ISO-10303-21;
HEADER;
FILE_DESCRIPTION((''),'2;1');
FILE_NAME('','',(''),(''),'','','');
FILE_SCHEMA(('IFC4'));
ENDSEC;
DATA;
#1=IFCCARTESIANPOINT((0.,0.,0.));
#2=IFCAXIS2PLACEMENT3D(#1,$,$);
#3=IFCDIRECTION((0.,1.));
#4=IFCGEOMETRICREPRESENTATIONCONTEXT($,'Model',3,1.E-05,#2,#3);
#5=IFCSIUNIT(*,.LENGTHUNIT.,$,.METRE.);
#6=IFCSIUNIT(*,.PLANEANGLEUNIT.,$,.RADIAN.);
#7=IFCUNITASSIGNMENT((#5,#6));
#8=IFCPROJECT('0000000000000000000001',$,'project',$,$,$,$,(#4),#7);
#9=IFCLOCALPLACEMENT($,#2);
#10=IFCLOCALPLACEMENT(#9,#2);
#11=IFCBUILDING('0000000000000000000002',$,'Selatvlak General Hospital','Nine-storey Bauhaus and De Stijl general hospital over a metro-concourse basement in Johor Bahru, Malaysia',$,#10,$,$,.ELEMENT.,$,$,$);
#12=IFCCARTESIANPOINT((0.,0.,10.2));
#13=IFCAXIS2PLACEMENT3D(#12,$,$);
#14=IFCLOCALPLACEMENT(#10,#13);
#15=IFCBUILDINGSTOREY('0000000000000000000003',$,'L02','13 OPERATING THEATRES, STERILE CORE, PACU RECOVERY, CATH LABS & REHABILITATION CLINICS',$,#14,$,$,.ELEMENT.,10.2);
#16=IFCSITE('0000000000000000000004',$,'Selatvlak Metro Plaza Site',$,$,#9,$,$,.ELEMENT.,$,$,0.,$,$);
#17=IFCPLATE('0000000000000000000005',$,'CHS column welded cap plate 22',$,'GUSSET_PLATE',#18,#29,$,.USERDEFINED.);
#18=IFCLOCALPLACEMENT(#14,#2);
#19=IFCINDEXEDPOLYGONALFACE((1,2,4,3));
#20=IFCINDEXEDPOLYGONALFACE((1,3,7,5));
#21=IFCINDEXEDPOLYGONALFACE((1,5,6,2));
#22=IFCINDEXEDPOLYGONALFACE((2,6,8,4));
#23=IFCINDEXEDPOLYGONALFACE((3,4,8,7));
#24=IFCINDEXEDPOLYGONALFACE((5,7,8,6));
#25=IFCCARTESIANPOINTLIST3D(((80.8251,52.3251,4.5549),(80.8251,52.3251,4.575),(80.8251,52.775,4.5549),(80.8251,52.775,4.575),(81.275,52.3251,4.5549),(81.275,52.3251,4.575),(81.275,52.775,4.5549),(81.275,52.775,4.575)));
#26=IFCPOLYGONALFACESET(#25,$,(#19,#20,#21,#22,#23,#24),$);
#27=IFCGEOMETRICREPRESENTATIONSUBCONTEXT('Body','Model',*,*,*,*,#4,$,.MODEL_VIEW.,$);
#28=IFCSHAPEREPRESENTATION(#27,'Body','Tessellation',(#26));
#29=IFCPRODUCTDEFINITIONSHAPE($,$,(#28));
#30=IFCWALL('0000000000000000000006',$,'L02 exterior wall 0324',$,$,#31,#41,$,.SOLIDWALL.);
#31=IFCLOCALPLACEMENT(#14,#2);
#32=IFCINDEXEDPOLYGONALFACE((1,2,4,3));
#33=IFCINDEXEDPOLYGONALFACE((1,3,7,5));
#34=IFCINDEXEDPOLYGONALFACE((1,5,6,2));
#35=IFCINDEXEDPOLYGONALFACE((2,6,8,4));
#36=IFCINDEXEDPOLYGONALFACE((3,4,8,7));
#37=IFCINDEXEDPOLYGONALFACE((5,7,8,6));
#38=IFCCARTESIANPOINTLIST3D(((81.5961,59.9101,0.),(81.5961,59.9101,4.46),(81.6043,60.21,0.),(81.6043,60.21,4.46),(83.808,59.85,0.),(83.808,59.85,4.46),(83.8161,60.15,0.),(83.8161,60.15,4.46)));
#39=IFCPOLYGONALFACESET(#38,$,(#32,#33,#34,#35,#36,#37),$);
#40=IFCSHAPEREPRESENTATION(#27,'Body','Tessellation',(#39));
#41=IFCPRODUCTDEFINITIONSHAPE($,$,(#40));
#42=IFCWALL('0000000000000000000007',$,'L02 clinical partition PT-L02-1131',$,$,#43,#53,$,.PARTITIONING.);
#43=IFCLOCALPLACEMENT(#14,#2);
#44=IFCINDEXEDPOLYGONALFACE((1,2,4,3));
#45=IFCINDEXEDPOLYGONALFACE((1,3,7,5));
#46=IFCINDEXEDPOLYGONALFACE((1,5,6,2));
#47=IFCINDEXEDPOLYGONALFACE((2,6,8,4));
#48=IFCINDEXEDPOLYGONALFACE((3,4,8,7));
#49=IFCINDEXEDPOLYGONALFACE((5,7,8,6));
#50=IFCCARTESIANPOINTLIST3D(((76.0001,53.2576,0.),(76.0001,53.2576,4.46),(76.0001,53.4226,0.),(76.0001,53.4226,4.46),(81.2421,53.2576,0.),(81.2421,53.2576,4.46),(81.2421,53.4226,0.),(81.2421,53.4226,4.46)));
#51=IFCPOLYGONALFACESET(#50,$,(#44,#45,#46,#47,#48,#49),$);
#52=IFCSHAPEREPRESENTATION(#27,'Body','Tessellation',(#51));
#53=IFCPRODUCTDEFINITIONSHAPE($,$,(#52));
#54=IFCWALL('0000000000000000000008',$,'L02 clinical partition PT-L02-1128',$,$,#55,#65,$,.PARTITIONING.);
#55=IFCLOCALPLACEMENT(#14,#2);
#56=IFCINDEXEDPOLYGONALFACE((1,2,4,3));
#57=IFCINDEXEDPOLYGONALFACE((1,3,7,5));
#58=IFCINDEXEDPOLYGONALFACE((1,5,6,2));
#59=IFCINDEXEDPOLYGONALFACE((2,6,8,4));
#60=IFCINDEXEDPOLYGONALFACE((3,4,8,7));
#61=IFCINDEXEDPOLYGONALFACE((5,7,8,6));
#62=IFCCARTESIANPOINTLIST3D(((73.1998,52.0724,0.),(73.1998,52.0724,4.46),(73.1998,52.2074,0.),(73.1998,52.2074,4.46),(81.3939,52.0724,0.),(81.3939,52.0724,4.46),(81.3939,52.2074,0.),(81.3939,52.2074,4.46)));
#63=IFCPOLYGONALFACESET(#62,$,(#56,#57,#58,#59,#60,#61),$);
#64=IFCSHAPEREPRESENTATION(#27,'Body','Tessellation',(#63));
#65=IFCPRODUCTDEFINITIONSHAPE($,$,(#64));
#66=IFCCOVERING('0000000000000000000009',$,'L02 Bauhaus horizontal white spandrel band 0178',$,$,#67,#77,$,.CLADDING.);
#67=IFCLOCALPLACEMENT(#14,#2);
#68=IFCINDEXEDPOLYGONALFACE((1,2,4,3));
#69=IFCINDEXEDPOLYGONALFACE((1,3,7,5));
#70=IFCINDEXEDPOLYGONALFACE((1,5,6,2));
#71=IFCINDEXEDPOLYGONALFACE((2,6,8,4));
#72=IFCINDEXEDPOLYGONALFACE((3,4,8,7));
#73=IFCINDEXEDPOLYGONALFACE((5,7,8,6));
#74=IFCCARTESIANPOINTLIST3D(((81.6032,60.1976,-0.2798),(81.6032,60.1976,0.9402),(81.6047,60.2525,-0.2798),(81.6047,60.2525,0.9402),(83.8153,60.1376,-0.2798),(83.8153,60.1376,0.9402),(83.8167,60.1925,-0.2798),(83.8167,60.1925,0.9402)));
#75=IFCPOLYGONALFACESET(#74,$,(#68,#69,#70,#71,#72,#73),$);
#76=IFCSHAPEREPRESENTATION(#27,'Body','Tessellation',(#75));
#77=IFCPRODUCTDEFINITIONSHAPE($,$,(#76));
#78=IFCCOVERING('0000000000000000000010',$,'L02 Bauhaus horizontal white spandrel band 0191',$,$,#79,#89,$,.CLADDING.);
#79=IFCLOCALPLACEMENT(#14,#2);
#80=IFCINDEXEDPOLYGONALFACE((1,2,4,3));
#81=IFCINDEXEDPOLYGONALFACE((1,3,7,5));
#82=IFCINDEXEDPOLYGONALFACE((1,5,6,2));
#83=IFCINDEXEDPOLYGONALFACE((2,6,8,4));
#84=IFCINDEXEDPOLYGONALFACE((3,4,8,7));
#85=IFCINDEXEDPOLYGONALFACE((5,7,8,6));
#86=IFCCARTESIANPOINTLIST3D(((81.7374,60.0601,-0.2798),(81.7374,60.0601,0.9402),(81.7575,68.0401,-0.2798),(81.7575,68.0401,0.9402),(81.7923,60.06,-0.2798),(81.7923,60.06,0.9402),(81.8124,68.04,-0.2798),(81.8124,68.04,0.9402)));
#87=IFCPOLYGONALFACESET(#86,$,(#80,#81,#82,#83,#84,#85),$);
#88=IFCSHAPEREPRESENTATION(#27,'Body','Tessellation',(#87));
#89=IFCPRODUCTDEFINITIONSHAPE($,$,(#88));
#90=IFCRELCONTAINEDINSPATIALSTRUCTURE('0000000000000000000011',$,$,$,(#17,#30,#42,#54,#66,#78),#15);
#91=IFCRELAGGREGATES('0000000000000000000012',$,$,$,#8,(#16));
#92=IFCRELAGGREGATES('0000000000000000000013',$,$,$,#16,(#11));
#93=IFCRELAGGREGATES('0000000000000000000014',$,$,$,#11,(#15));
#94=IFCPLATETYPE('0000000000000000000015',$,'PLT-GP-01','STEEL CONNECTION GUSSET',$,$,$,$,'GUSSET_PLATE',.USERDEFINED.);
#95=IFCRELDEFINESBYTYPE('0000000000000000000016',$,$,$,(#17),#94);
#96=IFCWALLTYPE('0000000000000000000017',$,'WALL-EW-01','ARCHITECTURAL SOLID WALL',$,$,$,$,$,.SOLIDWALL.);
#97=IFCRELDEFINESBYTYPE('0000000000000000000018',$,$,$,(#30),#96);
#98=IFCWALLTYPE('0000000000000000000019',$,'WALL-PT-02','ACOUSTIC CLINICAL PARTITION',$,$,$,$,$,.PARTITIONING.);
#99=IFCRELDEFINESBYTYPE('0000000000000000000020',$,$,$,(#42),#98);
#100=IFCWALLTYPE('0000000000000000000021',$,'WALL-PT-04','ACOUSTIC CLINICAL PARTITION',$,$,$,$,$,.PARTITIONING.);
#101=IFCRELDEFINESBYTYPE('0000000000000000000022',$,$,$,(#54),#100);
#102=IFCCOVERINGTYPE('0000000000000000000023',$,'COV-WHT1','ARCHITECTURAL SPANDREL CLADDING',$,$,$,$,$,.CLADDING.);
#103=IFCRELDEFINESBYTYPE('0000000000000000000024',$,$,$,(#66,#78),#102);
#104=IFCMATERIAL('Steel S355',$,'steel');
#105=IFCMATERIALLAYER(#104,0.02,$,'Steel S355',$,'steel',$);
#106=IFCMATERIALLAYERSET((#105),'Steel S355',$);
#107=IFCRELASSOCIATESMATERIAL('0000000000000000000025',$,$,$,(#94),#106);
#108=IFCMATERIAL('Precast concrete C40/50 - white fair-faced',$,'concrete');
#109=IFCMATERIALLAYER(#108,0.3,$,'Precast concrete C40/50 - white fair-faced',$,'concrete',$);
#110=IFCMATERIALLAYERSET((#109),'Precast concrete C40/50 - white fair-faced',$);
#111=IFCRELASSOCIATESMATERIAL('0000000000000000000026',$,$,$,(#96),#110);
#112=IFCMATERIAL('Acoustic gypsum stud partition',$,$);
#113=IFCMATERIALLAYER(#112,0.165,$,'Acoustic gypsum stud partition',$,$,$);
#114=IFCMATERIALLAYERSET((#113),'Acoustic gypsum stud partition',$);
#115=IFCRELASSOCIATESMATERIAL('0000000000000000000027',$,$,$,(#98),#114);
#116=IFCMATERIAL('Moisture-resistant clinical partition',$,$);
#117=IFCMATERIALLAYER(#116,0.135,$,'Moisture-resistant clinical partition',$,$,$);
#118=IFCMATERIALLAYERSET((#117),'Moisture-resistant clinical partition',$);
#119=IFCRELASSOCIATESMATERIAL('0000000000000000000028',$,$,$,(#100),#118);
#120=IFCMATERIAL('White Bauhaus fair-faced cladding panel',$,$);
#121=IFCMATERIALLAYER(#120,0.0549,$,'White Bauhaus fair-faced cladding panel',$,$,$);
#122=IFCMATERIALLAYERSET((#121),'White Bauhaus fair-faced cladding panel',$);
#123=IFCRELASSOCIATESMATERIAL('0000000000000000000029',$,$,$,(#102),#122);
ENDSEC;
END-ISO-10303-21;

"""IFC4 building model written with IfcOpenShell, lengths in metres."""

from ifc_helpers import new_model, si_unit, direction, frame, frame_2d, origin, origin_2d, place, context, subcontext, project, spatial, rectangle, extrude, material, layer, layer_set, type_object, element, save


model = new_model("IFC4")

# Units and contexts
model_context = context("Model", 3, precision=1e-05, world=origin(), true_north=direction((0.0, 1.0)))
body_context = subcontext(model_context, "Body", "Model", "MODEL_VIEW")
ifc_project = project(units=[si_unit("LENGTHUNIT", "METRE"), si_unit("PLANEANGLEUNIT", "RADIAN")], contexts=[model_context])

# Site, building, storey
site_placement = place(None, origin())
site = spatial("IfcSite", under=ifc_project, at=site_placement, Name="Selatvlak Metro Plaza Site", CompositionType="ELEMENT", RefElevation=0.0)
building_placement = place(site_placement, origin())
building = spatial("IfcBuilding", under=site, at=building_placement, Name="Selatvlak General Hospital", Description="Nine-storey Bauhaus and De Stijl general hospital over a metro-concourse basement in Johor Bahru, Malaysia", CompositionType="ELEMENT")
storey_placement = place(building_placement, frame((0.0, 0.0, 10.2)))
storey = spatial("IfcBuildingStorey", under=building, at=storey_placement, Name="L02", Description="13 OPERATING THEATRES, STERILE CORE, PACU RECOVERY, CATH LABS & REHABILITATION CLINICS", CompositionType="ELEMENT", Elevation=10.2)

# Shared definitions
ifc_material_1 = material(Name="Steel S355", Category="steel")

# Plate
ifc_layer_1 = layer(ifc_material_1, 0.02, Name="Steel S355", Category="steel")
ifc_layer_set_1 = layer_set([ifc_layer_1], Name="Steel S355")
plate_type_1 = type_object("IfcPlateType", Name="PLT-GP-01", Description="STEEL CONNECTION GUSSET", ElementType="GUSSET_PLATE", PredefinedType="USERDEFINED", material=ifc_layer_set_1)
plate_1_placement = place(storey_placement, frame((81.05, 52.55, 4.5549), z_axis=(0.0, 0.0, 1.0), x_axis=(1.0, 0.0, 0.0)))
element("IfcPlate", 1, at=plate_1_placement, inside=storey, type_object=plate_type_1, Name="CHS column welded cap plate 22", ObjectType="GUSSET_PLATE", PredefinedType="USERDEFINED", context=body_context, shape_type="SweptSolid", body=[
    extrude(rectangle(XDim=0.45, YDim=0.45, at=origin_2d()), origin(), (0.0, 0.0, 1.0), 0.02),
])

# Walls
ifc_material_2 = material(Name="Precast concrete C40/50 - white fair-faced", Category="concrete")
ifc_layer_2 = layer(ifc_material_2, 0.3, Name="Precast concrete C40/50 - white fair-faced", Category="concrete")
ifc_layer_set_2 = layer_set([ifc_layer_2], Name="Precast concrete C40/50 - white fair-faced")
wall_type_1 = type_object("IfcWallType", Name="WALL-EW-01", Description="ARCHITECTURAL SOLID WALL", PredefinedType="SOLIDWALL", material=ifc_layer_set_2)
wall_1_placement = place(storey_placement, frame((81.6001, 60.0601, 0.0), z_axis=(0.0, 0.0, 1.0), x_axis=(0.999632, -0.027142, 0.0)))
element("IfcWall", 2, at=wall_1_placement, inside=storey, type_object=wall_type_1, Name="L02 exterior wall 0324", PredefinedType="SOLIDWALL", context=body_context, shape_type="SweptSolid", body=[
    extrude(rectangle(XDim=2.2126, YDim=0.3, at=frame_2d((1.1064, 0.0))), origin(), (0.0, 0.0, 1.0), 4.46),
])
ifc_material_3 = material(Name="Acoustic gypsum stud partition")
ifc_layer_3 = layer(ifc_material_3, 0.165, Name="Acoustic gypsum stud partition")
ifc_layer_set_3 = layer_set([ifc_layer_3], Name="Acoustic gypsum stud partition")
wall_type_2 = type_object("IfcWallType", Name="WALL-PT-02", Description="ACOUSTIC CLINICAL PARTITION", PredefinedType="PARTITIONING", material=ifc_layer_set_3)
wall_2_placement = place(storey_placement, frame((76.0, 53.3401, 0.0), z_axis=(0.0, 0.0, 1.0), x_axis=(1.0, 0.0, 0.0)))
element("IfcWall", 3, at=wall_2_placement, inside=storey, type_object=wall_type_2, Name="L02 clinical partition PT-L02-1131", PredefinedType="PARTITIONING", context=body_context, shape_type="SweptSolid", body=[
    extrude(rectangle(XDim=5.2419, YDim=0.165, at=frame_2d((2.6211, 0.0))), origin(), (0.0, 0.0, 1.0), 4.46),
])
ifc_material_4 = material(Name="Moisture-resistant clinical partition")
ifc_layer_4 = layer(ifc_material_4, 0.135, Name="Moisture-resistant clinical partition")
ifc_layer_set_4 = layer_set([ifc_layer_4], Name="Moisture-resistant clinical partition")
wall_type_3 = type_object("IfcWallType", Name="WALL-PT-04", Description="ACOUSTIC CLINICAL PARTITION", PredefinedType="PARTITIONING", material=ifc_layer_set_4)
wall_3_placement = place(storey_placement, frame((81.394, 52.1399, 0.0), z_axis=(0.0, 0.0, 1.0), x_axis=(-1.0, 0.0, 0.0)))
element("IfcWall", 4, at=wall_3_placement, inside=storey, type_object=wall_type_3, Name="L02 clinical partition PT-L02-1128", PredefinedType="PARTITIONING", context=body_context, shape_type="SweptSolid", body=[
    extrude(rectangle(XDim=8.1941, YDim=0.135, at=frame_2d((4.0972, 0.0))), origin(), (0.0, 0.0, 1.0), 4.46),
])

# Coverings
ifc_material_5 = material(Name="White Bauhaus fair-faced cladding panel")
ifc_layer_5 = layer(ifc_material_5, 0.0549, Name="White Bauhaus fair-faced cladding panel")
ifc_layer_set_5 = layer_set([ifc_layer_5], Name="White Bauhaus fair-faced cladding panel")
covering_type = type_object("IfcCoveringType", Name="COV-WHT1", Description="ARCHITECTURAL SPANDREL CLADDING", PredefinedType="CLADDING", material=ifc_layer_set_5)
covering_1_placement = place(storey_placement, frame((82.71, 60.1951, -0.2798), z_axis=(0.0, 0.0, 1.0), x_axis=(0.999632, -0.027119, 0.0)))
element("IfcCovering", 5, at=covering_1_placement, inside=storey, type_object=covering_type, Name="L02 Bauhaus horizontal white spandrel band 0178", PredefinedType="CLADDING", context=body_context, shape_type="SweptSolid", body=[
    extrude(rectangle(XDim=2.2129, YDim=0.0549, at=origin_2d()), origin(), (0.0, 0.0, 1.0), 1.22),
])
covering_2_placement = place(storey_placement, frame((81.7749, 64.05, -0.2798), z_axis=(0.0, 0.0, 1.0), x_axis=(-0.002513, -0.999997, 0.0)))
element("IfcCovering", 6, at=covering_2_placement, inside=storey, type_object=covering_type, Name="L02 Bauhaus horizontal white spandrel band 0191", PredefinedType="CLADDING", context=body_context, shape_type="SweptSolid", body=[
    extrude(rectangle(XDim=7.98, YDim=0.0549, at=origin_2d()), origin(), (0.0, 0.0, 1.0), 1.22),
])

save(model, "model.ifc")
